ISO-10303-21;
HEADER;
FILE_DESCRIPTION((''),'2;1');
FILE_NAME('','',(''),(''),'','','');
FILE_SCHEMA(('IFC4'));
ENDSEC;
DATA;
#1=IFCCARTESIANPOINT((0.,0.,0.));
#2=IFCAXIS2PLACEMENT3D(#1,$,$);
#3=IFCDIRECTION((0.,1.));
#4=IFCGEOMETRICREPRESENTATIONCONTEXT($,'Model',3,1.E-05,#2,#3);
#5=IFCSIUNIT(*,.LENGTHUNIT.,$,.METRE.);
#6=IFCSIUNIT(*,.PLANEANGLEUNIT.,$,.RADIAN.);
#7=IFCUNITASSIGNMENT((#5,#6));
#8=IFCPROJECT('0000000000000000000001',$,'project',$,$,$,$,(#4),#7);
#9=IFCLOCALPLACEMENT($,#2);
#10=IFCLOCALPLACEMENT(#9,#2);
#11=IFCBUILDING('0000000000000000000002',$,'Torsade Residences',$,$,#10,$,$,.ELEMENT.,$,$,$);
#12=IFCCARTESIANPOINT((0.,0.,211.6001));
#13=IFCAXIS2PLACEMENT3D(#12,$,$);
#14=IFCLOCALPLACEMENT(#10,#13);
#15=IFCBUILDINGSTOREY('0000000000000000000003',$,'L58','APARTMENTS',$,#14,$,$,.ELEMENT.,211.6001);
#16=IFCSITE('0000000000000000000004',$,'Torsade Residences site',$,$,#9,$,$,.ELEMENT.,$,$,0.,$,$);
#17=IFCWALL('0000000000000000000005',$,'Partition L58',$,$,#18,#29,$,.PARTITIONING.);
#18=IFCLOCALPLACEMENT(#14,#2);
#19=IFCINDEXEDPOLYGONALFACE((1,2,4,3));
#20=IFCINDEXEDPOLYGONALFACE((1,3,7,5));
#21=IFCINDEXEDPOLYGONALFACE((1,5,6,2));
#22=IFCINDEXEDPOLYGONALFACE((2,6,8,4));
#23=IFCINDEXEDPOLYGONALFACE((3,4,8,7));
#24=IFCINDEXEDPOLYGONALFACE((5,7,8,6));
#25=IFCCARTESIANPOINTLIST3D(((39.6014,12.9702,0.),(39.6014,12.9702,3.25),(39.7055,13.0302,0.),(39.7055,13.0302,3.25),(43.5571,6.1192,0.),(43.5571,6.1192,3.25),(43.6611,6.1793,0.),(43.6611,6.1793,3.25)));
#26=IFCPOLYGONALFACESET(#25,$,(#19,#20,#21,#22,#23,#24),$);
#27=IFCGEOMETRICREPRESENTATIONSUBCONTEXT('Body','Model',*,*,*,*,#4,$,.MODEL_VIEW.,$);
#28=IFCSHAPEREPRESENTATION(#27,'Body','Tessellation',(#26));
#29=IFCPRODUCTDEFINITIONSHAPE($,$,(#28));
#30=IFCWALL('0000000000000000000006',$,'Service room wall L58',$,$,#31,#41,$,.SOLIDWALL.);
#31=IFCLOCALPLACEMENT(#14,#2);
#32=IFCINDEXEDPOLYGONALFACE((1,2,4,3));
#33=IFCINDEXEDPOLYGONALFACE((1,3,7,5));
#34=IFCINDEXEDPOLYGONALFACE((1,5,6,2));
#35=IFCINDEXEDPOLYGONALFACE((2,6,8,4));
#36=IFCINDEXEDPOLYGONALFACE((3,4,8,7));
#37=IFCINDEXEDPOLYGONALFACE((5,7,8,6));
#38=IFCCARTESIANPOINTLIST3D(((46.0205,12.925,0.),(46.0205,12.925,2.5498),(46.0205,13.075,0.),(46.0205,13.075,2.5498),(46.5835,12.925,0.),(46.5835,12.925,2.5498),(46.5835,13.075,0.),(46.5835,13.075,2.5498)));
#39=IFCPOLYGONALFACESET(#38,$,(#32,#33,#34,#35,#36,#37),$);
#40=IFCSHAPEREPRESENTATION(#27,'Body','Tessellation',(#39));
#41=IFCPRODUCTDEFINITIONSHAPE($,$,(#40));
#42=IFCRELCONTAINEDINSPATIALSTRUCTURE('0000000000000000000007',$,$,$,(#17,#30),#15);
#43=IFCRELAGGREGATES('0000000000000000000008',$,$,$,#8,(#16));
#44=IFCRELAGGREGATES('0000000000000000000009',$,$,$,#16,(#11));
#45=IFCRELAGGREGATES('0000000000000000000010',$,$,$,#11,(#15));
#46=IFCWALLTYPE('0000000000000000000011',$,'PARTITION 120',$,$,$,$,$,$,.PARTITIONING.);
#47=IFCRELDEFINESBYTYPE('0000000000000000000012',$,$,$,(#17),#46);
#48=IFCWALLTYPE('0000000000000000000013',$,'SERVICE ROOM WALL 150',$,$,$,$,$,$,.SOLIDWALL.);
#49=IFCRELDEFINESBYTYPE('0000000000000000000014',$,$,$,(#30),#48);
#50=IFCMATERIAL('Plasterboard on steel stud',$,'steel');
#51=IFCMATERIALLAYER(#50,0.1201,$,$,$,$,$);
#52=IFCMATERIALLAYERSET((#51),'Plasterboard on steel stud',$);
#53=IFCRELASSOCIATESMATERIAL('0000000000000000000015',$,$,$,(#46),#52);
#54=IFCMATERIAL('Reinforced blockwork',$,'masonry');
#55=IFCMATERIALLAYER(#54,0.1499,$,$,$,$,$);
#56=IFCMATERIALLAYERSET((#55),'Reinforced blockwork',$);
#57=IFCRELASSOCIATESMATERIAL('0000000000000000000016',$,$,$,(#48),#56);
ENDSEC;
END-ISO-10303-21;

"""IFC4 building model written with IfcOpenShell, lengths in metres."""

from ifc_helpers import new_model, si_unit, direction, frame, frame_2d, origin, place, context, subcontext, project, spatial, rectangle, extrude, material, layer, layer_set, type_object, element, save


model = new_model("IFC4")

# Units and contexts
model_context = context("Model", 3, precision=1e-05, world=origin(), true_north=direction((0.0, 1.0)))
body_context = subcontext(model_context, "Body", "Model", "MODEL_VIEW")
ifc_project = project(units=[si_unit("LENGTHUNIT", "METRE"), si_unit("PLANEANGLEUNIT", "RADIAN")], contexts=[model_context])

# Site, building, storey
site_placement = place(None, origin())
site = spatial("IfcSite", under=ifc_project, at=site_placement, Name="Torsade Residences site", CompositionType="ELEMENT", RefElevation=0.0)
building_placement = place(site_placement, origin())
building = spatial("IfcBuilding", under=site, at=building_placement, Name="Torsade Residences", CompositionType="ELEMENT")
storey_placement = place(building_placement, frame((0.0, 0.0, 211.6001)))
storey = spatial("IfcBuildingStorey", under=building, at=storey_placement, Name="L58", Description="APARTMENTS", CompositionType="ELEMENT", Elevation=211.6001)

# Shared definitions
ifc_material_1 = material(Name="Plasterboard on steel stud", Category="steel")
ifc_layer_1 = layer(ifc_material_1, 0.1201)
ifc_layer_set_1 = layer_set([ifc_layer_1], Name="Plasterboard on steel stud")
wall_type_1 = type_object("IfcWallType", Name="PARTITION 120", PredefinedType="PARTITIONING", material=ifc_layer_set_1)

# Walls
wall_1_placement = place(storey_placement, frame((43.6091, 6.1492, 0.0), z_axis=(0.0, 0.0, 1.0), x_axis=(-0.500023, 0.866012, 0.0)))
element("IfcWall", 1, at=wall_1_placement, inside=storey, type_object=wall_type_1, Name="Partition L58", PredefinedType="PARTITIONING", context=body_context, shape_type="SweptSolid", body=[
    extrude(rectangle(XDim=7.9109, YDim=0.1201, at=frame_2d((3.9556, 0.0))), origin(), (0.0, 0.0, 1.0), 3.25),
])
ifc_material_2 = material(Name="Reinforced blockwork", Category="masonry")
ifc_layer_2 = layer(ifc_material_2, 0.1499)
ifc_layer_set_2 = layer_set([ifc_layer_2], Name="Reinforced blockwork")
wall_type_2 = type_object("IfcWallType", Name="SERVICE ROOM WALL 150", PredefinedType="SOLIDWALL", material=ifc_layer_set_2)
wall_2_placement = place(storey_placement, frame((46.5835, 13.0, 0.0), z_axis=(0.0, 0.0, 1.0), x_axis=(-1.0, 0.0, 0.0)))
element("IfcWall", 2, at=wall_2_placement, inside=storey, type_object=wall_type_2, Name="Service room wall L58", PredefinedType="SOLIDWALL", context=body_context, shape_type="SweptSolid", body=[
    extrude(rectangle(XDim=0.563, YDim=0.1499, at=frame_2d((0.2815, 0.0))), origin(), (0.0, 0.0, 1.0), 2.5498),
])

save(model, "model.ifc")
